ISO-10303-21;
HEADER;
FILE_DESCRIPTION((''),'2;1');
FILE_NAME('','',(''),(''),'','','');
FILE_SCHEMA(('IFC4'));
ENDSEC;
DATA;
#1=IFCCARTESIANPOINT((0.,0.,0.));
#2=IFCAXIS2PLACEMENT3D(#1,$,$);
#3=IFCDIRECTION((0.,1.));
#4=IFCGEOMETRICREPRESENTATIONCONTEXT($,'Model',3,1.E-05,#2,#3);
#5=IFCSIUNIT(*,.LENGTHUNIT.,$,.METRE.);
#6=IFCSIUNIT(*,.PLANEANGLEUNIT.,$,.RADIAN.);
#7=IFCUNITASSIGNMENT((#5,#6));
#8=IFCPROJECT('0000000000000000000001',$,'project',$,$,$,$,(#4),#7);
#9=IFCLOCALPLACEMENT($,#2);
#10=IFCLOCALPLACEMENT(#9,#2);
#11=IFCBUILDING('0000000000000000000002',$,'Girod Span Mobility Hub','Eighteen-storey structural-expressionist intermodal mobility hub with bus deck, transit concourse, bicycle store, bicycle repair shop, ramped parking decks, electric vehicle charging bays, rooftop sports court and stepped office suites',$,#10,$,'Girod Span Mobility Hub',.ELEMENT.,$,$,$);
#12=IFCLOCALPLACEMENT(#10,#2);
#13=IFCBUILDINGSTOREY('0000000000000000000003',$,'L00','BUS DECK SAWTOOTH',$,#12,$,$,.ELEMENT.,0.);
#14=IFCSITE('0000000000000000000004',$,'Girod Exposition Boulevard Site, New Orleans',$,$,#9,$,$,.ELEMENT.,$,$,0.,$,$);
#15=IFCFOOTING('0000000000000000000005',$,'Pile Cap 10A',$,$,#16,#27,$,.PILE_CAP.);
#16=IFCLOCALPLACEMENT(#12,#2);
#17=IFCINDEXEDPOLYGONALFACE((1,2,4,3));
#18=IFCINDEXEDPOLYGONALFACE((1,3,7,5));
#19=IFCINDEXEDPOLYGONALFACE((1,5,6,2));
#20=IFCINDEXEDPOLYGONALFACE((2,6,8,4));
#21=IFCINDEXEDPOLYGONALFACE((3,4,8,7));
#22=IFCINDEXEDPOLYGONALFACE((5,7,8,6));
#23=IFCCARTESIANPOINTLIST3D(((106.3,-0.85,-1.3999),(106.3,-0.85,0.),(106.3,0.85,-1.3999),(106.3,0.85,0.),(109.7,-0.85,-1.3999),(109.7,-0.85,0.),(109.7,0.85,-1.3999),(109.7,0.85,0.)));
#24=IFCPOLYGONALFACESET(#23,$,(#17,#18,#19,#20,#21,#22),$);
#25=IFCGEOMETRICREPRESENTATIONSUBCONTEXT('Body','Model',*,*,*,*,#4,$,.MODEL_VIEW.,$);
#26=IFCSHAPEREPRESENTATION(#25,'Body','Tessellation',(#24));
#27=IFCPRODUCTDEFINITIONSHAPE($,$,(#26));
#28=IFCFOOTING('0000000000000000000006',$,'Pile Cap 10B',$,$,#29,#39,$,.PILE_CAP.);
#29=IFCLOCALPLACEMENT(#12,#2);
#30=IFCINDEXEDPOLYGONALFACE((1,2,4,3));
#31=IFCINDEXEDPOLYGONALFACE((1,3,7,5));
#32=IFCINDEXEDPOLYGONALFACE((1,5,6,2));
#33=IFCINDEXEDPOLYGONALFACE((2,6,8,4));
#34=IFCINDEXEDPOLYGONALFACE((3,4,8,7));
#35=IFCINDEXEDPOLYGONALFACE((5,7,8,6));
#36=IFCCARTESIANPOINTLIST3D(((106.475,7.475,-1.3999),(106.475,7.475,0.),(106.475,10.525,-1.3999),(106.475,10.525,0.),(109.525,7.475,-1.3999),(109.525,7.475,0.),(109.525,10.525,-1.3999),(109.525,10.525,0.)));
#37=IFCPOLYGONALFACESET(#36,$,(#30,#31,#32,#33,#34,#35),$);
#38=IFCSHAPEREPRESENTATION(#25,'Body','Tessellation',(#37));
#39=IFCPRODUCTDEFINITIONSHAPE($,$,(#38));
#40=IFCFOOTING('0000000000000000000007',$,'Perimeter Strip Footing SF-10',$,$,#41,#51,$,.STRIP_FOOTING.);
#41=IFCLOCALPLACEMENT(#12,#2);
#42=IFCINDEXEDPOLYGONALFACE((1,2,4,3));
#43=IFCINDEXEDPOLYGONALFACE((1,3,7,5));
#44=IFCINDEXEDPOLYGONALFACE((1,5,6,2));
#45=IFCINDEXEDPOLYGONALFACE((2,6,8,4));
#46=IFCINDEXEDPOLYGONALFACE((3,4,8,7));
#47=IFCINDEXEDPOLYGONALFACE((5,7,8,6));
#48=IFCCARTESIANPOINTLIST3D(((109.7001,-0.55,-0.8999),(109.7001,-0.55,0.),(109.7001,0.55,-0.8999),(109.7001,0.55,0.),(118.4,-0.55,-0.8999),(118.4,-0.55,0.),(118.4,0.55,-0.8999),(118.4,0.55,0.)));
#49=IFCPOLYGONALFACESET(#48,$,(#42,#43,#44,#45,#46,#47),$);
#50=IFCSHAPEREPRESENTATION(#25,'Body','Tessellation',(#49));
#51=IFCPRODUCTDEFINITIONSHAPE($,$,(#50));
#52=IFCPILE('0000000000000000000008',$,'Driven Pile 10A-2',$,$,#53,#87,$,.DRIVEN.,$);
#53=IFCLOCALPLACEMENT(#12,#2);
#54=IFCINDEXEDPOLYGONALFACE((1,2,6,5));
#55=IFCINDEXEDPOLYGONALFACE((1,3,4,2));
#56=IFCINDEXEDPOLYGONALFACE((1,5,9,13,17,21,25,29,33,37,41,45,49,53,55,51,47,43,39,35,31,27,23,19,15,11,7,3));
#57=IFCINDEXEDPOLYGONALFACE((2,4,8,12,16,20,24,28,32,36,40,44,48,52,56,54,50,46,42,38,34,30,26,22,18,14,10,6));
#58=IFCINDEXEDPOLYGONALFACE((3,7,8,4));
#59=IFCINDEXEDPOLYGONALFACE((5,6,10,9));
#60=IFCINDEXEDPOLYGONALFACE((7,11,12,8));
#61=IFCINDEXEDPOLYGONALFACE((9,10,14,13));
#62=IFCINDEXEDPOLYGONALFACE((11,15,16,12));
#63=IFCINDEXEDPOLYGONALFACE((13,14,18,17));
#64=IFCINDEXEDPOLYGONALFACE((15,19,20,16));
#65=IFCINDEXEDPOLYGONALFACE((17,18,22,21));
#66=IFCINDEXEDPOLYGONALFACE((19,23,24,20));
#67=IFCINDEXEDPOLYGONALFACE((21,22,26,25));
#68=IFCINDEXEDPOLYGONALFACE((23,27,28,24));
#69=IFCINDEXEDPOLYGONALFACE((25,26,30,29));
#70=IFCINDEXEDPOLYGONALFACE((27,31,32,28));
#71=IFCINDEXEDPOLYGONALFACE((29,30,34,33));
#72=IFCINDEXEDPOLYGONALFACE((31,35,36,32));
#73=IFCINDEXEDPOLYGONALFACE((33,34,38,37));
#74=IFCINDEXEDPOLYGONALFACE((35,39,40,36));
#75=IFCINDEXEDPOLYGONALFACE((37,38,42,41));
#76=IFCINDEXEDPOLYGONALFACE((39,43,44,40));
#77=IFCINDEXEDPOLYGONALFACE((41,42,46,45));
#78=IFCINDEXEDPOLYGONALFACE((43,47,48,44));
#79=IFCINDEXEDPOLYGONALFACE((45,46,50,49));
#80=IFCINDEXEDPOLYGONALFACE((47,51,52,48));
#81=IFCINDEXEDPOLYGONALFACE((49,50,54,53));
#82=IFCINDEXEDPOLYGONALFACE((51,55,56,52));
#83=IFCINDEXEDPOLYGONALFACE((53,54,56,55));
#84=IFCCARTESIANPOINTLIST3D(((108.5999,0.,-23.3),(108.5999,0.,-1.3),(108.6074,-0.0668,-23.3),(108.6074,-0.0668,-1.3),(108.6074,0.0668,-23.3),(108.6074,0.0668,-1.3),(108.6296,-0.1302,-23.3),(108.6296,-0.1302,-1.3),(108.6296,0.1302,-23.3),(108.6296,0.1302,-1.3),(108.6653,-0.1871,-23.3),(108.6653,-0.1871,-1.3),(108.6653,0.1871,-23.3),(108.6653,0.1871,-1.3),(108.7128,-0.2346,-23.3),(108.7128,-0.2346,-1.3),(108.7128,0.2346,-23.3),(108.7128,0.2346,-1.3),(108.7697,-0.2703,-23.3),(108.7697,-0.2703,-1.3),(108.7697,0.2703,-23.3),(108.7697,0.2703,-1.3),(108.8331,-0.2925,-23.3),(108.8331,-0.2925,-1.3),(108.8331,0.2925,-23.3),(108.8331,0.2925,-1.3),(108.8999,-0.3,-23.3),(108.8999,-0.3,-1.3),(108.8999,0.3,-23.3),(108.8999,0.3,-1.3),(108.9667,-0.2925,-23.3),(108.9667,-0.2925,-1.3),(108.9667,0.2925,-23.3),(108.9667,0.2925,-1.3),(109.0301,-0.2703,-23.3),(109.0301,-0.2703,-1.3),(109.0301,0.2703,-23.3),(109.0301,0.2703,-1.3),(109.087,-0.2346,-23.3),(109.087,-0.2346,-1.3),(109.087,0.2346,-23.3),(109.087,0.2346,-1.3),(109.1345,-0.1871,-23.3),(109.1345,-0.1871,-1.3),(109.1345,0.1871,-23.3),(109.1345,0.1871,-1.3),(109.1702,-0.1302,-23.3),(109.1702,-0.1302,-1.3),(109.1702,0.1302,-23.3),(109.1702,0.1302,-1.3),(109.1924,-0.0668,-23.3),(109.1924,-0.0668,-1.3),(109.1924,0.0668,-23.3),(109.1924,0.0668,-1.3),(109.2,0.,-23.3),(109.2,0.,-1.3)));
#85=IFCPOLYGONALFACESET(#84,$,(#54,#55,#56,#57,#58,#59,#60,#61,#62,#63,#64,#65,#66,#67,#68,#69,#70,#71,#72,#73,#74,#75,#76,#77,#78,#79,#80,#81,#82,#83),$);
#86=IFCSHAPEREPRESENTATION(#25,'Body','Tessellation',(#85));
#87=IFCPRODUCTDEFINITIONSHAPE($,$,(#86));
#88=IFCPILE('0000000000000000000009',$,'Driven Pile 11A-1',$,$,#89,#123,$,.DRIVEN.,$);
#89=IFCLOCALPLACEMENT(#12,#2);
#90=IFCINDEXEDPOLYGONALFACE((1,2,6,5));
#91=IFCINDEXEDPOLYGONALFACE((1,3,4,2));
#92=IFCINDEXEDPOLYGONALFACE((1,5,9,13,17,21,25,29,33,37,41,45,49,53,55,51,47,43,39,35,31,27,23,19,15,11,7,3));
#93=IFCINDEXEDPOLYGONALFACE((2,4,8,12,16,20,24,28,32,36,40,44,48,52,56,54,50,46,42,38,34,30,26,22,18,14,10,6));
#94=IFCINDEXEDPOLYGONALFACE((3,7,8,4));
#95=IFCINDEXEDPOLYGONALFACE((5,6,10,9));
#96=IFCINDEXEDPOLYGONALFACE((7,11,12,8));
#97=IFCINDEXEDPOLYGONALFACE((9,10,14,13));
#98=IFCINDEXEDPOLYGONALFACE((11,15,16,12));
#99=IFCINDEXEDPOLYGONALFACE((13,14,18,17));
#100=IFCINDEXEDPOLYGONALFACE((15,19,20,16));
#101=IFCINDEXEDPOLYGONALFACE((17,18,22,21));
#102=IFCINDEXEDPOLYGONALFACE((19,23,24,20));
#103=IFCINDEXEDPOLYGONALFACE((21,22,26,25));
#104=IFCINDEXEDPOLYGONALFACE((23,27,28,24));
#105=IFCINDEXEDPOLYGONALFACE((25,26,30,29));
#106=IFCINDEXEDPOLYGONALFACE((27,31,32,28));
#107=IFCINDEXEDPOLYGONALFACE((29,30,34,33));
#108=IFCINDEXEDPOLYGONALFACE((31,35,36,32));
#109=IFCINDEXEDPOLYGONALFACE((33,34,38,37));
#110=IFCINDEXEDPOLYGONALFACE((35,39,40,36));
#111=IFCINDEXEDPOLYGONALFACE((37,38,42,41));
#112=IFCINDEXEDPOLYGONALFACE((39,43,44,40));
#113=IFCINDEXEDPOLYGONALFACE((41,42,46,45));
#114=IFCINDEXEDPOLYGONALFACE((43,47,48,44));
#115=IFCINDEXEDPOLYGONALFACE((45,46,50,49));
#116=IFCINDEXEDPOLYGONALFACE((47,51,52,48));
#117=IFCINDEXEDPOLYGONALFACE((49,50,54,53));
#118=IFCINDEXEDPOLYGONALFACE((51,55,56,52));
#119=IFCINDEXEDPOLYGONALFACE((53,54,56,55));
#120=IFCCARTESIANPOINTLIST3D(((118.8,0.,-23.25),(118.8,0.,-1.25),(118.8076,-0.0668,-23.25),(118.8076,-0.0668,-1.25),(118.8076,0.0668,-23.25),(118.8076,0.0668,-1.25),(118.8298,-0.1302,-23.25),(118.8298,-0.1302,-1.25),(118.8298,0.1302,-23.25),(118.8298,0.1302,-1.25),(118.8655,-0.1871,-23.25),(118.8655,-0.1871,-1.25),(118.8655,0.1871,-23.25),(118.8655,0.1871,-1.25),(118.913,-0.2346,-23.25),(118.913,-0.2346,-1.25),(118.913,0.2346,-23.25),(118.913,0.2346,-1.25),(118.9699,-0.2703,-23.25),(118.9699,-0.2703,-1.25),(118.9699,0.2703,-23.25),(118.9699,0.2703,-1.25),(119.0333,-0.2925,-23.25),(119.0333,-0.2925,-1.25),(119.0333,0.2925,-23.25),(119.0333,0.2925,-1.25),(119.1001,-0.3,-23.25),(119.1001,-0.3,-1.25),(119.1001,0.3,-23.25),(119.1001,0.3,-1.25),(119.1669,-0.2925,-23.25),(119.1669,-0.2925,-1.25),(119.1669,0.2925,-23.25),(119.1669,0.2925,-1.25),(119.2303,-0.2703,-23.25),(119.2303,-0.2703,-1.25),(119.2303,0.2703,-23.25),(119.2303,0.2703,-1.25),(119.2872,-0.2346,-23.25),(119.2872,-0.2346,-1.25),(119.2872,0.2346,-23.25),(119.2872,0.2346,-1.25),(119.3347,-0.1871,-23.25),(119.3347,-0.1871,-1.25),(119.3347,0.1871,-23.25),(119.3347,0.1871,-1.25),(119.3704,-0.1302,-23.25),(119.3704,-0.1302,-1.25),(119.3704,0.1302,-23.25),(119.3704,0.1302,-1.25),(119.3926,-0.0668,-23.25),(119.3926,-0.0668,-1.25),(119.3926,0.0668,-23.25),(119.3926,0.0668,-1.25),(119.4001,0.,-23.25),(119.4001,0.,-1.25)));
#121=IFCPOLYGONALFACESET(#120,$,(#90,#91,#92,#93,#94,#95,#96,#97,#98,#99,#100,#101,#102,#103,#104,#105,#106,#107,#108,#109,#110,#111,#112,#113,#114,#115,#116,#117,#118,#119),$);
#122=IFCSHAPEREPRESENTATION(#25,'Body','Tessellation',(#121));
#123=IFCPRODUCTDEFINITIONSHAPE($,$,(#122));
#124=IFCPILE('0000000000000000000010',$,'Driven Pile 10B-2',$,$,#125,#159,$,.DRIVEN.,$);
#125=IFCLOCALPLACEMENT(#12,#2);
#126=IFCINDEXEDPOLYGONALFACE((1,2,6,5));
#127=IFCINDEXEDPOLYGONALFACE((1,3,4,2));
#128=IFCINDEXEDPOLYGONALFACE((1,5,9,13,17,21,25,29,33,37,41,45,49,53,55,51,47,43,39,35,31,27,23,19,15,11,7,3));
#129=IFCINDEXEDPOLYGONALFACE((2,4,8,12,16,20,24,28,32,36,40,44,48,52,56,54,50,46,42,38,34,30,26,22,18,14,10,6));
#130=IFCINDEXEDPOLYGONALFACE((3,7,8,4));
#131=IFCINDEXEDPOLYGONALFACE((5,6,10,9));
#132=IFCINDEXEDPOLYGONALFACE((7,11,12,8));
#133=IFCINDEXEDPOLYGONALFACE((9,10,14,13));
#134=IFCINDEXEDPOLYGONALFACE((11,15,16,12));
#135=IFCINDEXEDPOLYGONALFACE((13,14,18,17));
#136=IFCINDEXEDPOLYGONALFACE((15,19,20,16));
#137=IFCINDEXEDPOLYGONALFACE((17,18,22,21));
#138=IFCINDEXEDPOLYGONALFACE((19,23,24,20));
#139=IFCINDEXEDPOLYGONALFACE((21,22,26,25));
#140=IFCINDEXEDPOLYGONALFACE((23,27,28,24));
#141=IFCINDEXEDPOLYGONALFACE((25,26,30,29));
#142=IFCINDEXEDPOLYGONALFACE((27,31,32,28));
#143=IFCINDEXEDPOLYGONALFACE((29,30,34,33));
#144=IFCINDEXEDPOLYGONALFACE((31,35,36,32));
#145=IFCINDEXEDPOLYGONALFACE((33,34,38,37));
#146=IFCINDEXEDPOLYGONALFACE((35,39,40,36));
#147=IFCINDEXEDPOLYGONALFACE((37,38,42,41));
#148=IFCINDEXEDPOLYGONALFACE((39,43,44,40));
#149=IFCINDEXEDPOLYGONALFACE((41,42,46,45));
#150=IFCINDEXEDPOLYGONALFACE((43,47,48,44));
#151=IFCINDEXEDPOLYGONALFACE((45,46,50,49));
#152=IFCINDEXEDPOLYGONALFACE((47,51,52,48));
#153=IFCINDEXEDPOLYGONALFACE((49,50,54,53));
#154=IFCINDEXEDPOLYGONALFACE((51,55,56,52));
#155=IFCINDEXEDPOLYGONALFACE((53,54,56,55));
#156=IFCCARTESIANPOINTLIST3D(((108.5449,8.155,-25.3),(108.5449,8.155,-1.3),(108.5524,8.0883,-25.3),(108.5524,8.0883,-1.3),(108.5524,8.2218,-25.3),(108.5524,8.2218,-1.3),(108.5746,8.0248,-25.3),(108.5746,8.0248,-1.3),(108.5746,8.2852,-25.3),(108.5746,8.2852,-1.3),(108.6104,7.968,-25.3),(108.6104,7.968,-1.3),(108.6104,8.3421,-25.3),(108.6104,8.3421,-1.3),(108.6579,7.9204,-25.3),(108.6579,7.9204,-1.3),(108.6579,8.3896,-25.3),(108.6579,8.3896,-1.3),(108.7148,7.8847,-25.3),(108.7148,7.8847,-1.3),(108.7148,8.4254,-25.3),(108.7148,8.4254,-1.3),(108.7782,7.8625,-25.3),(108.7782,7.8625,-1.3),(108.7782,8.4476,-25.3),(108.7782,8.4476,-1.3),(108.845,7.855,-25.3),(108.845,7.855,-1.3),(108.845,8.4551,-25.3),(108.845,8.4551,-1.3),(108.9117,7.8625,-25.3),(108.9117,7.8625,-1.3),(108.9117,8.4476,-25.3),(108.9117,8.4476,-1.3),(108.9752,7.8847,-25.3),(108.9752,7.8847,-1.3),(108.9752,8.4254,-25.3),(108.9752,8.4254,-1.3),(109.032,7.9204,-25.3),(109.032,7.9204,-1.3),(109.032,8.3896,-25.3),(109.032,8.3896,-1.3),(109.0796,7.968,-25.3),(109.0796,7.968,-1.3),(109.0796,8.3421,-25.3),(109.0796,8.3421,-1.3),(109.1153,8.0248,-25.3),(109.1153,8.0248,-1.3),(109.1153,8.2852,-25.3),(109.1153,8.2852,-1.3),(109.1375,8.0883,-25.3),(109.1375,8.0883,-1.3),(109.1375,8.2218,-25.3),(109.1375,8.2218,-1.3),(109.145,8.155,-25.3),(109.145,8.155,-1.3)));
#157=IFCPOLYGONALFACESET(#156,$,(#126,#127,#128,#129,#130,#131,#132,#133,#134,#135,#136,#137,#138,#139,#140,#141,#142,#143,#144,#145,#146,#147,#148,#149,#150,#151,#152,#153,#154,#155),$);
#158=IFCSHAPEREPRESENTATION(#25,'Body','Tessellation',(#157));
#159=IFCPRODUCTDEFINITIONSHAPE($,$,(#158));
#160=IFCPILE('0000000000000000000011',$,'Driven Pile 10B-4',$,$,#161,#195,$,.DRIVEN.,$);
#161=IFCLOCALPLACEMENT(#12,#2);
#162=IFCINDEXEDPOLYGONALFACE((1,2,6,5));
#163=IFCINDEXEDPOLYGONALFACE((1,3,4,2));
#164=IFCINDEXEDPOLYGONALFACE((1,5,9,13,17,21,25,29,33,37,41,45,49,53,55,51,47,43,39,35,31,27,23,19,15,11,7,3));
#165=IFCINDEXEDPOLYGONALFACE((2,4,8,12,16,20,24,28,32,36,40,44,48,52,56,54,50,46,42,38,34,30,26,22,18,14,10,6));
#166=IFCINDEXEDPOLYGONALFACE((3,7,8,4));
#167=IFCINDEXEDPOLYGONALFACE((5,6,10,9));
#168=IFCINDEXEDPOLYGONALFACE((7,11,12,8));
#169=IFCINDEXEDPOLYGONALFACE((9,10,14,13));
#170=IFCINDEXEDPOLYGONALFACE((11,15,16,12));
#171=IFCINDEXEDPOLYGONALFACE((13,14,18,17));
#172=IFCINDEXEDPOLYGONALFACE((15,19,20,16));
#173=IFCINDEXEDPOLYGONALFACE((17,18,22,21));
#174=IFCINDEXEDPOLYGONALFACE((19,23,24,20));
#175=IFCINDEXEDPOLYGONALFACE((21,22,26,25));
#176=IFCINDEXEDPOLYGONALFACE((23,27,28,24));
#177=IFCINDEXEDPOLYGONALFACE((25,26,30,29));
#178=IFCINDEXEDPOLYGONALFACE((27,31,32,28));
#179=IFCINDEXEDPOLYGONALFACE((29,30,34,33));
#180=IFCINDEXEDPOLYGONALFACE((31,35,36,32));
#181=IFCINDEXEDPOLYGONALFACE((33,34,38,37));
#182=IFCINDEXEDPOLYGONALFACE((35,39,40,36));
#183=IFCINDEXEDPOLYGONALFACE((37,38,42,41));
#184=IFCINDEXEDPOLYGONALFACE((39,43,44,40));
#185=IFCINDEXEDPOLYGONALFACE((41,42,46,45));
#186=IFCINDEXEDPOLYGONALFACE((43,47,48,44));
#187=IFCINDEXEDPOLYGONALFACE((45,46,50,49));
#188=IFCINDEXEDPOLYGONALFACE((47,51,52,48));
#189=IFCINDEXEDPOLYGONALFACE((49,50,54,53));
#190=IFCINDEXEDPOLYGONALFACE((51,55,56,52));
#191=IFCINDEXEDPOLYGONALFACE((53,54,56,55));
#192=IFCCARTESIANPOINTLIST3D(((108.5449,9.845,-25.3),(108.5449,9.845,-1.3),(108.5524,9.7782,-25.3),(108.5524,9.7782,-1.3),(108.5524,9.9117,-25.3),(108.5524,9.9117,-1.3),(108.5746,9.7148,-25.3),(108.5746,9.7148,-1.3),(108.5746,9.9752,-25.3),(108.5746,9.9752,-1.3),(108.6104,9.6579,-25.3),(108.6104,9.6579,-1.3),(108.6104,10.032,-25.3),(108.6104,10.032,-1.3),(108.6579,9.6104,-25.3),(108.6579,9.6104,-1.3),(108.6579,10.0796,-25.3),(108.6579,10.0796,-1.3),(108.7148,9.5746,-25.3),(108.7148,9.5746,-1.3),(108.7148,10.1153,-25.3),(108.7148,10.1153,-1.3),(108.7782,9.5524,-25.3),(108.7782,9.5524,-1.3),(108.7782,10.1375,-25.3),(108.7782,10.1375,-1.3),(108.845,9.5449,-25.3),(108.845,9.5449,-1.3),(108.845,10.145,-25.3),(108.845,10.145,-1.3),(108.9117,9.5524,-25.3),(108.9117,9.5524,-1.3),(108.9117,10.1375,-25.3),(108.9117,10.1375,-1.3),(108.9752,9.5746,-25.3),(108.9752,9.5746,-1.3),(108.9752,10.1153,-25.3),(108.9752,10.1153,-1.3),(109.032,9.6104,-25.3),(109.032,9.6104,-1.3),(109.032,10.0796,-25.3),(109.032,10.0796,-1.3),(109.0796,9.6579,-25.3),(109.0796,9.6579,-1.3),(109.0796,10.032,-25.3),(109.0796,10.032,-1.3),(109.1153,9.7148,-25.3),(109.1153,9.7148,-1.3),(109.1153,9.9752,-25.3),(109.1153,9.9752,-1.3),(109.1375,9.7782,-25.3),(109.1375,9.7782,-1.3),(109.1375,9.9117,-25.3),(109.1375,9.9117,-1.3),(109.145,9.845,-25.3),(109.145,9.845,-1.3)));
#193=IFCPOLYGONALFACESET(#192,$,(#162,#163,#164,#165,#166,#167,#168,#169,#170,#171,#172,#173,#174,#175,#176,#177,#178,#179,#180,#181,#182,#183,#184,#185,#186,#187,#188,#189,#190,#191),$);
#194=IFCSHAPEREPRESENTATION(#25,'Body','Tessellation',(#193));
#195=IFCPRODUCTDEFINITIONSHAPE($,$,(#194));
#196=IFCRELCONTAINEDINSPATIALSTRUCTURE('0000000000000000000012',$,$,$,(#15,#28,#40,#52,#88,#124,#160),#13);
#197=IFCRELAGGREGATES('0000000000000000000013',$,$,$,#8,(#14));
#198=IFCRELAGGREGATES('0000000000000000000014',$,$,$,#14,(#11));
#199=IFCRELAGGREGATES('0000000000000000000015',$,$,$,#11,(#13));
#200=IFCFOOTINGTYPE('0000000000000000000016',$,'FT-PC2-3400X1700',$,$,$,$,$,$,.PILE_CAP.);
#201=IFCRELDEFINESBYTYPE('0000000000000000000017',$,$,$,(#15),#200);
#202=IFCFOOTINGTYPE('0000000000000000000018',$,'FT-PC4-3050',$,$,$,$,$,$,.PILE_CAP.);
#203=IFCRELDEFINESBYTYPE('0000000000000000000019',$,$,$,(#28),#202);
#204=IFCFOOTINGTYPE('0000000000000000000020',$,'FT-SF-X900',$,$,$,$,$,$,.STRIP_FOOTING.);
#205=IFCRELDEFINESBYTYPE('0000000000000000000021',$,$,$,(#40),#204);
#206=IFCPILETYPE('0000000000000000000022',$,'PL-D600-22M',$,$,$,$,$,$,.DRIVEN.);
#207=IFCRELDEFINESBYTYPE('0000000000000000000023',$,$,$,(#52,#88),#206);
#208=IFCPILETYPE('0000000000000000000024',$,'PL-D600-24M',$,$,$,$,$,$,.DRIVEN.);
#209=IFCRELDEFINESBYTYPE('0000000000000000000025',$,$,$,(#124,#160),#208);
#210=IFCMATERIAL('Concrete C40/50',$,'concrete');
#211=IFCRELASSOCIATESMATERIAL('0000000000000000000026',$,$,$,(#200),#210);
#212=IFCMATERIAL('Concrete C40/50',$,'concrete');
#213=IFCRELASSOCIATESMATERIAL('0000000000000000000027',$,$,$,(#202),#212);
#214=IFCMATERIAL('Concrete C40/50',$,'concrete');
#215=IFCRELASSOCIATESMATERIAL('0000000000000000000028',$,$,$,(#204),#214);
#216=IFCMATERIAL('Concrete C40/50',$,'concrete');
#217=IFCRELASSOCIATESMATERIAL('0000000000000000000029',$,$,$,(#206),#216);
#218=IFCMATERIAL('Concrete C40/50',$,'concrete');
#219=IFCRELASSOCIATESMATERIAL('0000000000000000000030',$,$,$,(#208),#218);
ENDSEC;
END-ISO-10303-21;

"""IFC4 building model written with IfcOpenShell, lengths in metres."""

from ifc_helpers import new_model, si_unit, direction, frame, origin, origin_2d, place, context, subcontext, project, spatial, rectangle, circle, extrude, material, material_profile, profile_set, type_object, element, save


model = new_model("IFC4")

# Units and contexts
model_context = context("Model", 3, precision=1e-05, world=origin(), true_north=direction((0.0, 1.0)))
body_context = subcontext(model_context, "Body", "Model", "MODEL_VIEW")
ifc_project = project(units=[si_unit("LENGTHUNIT", "METRE"), si_unit("PLANEANGLEUNIT", "RADIAN")], contexts=[model_context])

# Site, building, storey
site_placement = place(None, origin())
site = spatial("IfcSite", under=ifc_project, at=site_placement, Name="Girod Exposition Boulevard Site, New Orleans", CompositionType="ELEMENT", RefElevation=0.0)
building_placement = place(site_placement, origin())
building = spatial("IfcBuilding", under=site, at=building_placement, Name="Girod Span Mobility Hub", Description="Eighteen-storey structural-expressionist intermodal mobility hub with bus deck, transit concourse, bicycle store, bicycle repair shop, ramped parking decks, electric vehicle charging bays, rooftop sports court and stepped office suites", LongName="Girod Span Mobility Hub", CompositionType="ELEMENT")
storey_placement = place(building_placement, origin())
storey = spatial("IfcBuildingStorey", under=building, at=storey_placement, Name="L00", Description="BUS DECK SAWTOOTH", CompositionType="ELEMENT", Elevation=0.0)

# Footings
ifc_material_1 = material(Name="Concrete C40/50", Category="concrete")
footing_type_1 = type_object("IfcFootingType", Name="FT-PC2-3400X1700", PredefinedType="PILE_CAP", material=ifc_material_1)
footing_1_placement = place(storey_placement, frame((108.0, 0.0, -1.3999), z_axis=(0.0, 0.0, 1.0), x_axis=(1.0, 0.0, 0.0)))
element("IfcFooting", 1, at=footing_1_placement, inside=storey, type_object=footing_type_1, Name="Pile Cap 10A", PredefinedType="PILE_CAP", context=body_context, shape_type="SweptSolid", body=[
    extrude(rectangle(XDim=3.3999, YDim=1.7, at=origin_2d()), origin(), (0.0, 0.0, 1.0), 1.3999),
])
ifc_material_2 = material(Name="Concrete C40/50", Category="concrete")
footing_type_2 = type_object("IfcFootingType", Name="FT-PC4-3050", PredefinedType="PILE_CAP", material=ifc_material_2)
footing_2_placement = place(storey_placement, frame((108.0, 9.0, -1.3999), z_axis=(0.0, 0.0, 1.0), x_axis=(1.0, 0.0, 0.0)))
element("IfcFooting", 2, at=footing_2_placement, inside=storey, type_object=footing_type_2, Name="Pile Cap 10B", PredefinedType="PILE_CAP", context=body_context, shape_type="SweptSolid", body=[
    extrude(rectangle(XDim=3.05, YDim=3.05, at=origin_2d()), origin(), (0.0, 0.0, 1.0), 1.3999),
])
ifc_material_3 = material(Name="Concrete C40/50", Category="concrete")
footing_type_3 = type_object("IfcFootingType", Name="FT-SF-X900", PredefinedType="STRIP_FOOTING", material=ifc_material_3)
footing_3_placement = place(storey_placement, frame((114.05, 0.0, -0.8999), z_axis=(0.0, 0.0, 1.0), x_axis=(1.0, 0.0, 0.0)))
element("IfcFooting", 3, at=footing_3_placement, inside=storey, type_object=footing_type_3, Name="Perimeter Strip Footing SF-10", PredefinedType="STRIP_FOOTING", context=body_context, shape_type="SweptSolid", body=[
    extrude(rectangle(XDim=8.7, YDim=1.1001, at=origin_2d()), origin(), (0.0, 0.0, 1.0), 0.8999),
])

# Piles
ifc_material_4 = material(Name="Concrete C40/50", Category="concrete")
ifc_material_profile_1 = material_profile(ifc_material_4, circle(Radius=0.3, at=origin_2d()), Name="PILE-D600")
ifc_profile_set_1 = profile_set([ifc_material_profile_1], Name="Concrete C40/50")
pile_type_1 = type_object("IfcPileType", Name="PL-D600-22M", PredefinedType="DRIVEN", material=ifc_profile_set_1)
for number, where, z_axis, x_axis, name in (
    (4, (108.8999, 0.0, -1.3), (0.0, 0.0, -1.0), (1.0, 0.0, 0.0), "Driven Pile 10A-2"),
    (5, (119.1001, 0.0, -1.25), (0.0, 0.0, -1.0), (1.0, 0.0, 0.0), "Driven Pile 11A-1"),
):
    element("IfcPile", number, at=place(storey_placement, frame(where, z_axis=z_axis, x_axis=x_axis)), inside=storey, type_object=pile_type_1, Name=name, PredefinedType="DRIVEN", context=body_context, shape_type="SweptSolid", body=[
        extrude(circle(Radius=0.3, at=origin_2d()), origin(), (0.0, 0.0, 1.0), 22.0),
    ])
ifc_material_5 = material(Name="Concrete C40/50", Category="concrete")
ifc_material_profile_2 = material_profile(ifc_material_5, circle(Radius=0.3, at=origin_2d()), Name="PILE-D600")
ifc_profile_set_2 = profile_set([ifc_material_profile_2], Name="Concrete C40/50")
pile_type_2 = type_object("IfcPileType", Name="PL-D600-24M", PredefinedType="DRIVEN", material=ifc_profile_set_2)
for number, where, z_axis, x_axis, name in (
    (6, (108.845, 8.155, -1.3), (0.0, 0.0, -1.0), (1.0, 0.0, 0.0), "Driven Pile 10B-2"),
    (7, (108.845, 9.845, -1.3), (0.0, 0.0, -1.0), (1.0, 0.0, 0.0), "Driven Pile 10B-4"),
):
    element("IfcPile", number, at=place(storey_placement, frame(where, z_axis=z_axis, x_axis=x_axis)), inside=storey, type_object=pile_type_2, Name=name, PredefinedType="DRIVEN", context=body_context, shape_type="SweptSolid", body=[
        extrude(circle(Radius=0.3, at=origin_2d()), origin(), (0.0, 0.0, 1.0), 24.0),
    ])

save(model, "model.ifc")
